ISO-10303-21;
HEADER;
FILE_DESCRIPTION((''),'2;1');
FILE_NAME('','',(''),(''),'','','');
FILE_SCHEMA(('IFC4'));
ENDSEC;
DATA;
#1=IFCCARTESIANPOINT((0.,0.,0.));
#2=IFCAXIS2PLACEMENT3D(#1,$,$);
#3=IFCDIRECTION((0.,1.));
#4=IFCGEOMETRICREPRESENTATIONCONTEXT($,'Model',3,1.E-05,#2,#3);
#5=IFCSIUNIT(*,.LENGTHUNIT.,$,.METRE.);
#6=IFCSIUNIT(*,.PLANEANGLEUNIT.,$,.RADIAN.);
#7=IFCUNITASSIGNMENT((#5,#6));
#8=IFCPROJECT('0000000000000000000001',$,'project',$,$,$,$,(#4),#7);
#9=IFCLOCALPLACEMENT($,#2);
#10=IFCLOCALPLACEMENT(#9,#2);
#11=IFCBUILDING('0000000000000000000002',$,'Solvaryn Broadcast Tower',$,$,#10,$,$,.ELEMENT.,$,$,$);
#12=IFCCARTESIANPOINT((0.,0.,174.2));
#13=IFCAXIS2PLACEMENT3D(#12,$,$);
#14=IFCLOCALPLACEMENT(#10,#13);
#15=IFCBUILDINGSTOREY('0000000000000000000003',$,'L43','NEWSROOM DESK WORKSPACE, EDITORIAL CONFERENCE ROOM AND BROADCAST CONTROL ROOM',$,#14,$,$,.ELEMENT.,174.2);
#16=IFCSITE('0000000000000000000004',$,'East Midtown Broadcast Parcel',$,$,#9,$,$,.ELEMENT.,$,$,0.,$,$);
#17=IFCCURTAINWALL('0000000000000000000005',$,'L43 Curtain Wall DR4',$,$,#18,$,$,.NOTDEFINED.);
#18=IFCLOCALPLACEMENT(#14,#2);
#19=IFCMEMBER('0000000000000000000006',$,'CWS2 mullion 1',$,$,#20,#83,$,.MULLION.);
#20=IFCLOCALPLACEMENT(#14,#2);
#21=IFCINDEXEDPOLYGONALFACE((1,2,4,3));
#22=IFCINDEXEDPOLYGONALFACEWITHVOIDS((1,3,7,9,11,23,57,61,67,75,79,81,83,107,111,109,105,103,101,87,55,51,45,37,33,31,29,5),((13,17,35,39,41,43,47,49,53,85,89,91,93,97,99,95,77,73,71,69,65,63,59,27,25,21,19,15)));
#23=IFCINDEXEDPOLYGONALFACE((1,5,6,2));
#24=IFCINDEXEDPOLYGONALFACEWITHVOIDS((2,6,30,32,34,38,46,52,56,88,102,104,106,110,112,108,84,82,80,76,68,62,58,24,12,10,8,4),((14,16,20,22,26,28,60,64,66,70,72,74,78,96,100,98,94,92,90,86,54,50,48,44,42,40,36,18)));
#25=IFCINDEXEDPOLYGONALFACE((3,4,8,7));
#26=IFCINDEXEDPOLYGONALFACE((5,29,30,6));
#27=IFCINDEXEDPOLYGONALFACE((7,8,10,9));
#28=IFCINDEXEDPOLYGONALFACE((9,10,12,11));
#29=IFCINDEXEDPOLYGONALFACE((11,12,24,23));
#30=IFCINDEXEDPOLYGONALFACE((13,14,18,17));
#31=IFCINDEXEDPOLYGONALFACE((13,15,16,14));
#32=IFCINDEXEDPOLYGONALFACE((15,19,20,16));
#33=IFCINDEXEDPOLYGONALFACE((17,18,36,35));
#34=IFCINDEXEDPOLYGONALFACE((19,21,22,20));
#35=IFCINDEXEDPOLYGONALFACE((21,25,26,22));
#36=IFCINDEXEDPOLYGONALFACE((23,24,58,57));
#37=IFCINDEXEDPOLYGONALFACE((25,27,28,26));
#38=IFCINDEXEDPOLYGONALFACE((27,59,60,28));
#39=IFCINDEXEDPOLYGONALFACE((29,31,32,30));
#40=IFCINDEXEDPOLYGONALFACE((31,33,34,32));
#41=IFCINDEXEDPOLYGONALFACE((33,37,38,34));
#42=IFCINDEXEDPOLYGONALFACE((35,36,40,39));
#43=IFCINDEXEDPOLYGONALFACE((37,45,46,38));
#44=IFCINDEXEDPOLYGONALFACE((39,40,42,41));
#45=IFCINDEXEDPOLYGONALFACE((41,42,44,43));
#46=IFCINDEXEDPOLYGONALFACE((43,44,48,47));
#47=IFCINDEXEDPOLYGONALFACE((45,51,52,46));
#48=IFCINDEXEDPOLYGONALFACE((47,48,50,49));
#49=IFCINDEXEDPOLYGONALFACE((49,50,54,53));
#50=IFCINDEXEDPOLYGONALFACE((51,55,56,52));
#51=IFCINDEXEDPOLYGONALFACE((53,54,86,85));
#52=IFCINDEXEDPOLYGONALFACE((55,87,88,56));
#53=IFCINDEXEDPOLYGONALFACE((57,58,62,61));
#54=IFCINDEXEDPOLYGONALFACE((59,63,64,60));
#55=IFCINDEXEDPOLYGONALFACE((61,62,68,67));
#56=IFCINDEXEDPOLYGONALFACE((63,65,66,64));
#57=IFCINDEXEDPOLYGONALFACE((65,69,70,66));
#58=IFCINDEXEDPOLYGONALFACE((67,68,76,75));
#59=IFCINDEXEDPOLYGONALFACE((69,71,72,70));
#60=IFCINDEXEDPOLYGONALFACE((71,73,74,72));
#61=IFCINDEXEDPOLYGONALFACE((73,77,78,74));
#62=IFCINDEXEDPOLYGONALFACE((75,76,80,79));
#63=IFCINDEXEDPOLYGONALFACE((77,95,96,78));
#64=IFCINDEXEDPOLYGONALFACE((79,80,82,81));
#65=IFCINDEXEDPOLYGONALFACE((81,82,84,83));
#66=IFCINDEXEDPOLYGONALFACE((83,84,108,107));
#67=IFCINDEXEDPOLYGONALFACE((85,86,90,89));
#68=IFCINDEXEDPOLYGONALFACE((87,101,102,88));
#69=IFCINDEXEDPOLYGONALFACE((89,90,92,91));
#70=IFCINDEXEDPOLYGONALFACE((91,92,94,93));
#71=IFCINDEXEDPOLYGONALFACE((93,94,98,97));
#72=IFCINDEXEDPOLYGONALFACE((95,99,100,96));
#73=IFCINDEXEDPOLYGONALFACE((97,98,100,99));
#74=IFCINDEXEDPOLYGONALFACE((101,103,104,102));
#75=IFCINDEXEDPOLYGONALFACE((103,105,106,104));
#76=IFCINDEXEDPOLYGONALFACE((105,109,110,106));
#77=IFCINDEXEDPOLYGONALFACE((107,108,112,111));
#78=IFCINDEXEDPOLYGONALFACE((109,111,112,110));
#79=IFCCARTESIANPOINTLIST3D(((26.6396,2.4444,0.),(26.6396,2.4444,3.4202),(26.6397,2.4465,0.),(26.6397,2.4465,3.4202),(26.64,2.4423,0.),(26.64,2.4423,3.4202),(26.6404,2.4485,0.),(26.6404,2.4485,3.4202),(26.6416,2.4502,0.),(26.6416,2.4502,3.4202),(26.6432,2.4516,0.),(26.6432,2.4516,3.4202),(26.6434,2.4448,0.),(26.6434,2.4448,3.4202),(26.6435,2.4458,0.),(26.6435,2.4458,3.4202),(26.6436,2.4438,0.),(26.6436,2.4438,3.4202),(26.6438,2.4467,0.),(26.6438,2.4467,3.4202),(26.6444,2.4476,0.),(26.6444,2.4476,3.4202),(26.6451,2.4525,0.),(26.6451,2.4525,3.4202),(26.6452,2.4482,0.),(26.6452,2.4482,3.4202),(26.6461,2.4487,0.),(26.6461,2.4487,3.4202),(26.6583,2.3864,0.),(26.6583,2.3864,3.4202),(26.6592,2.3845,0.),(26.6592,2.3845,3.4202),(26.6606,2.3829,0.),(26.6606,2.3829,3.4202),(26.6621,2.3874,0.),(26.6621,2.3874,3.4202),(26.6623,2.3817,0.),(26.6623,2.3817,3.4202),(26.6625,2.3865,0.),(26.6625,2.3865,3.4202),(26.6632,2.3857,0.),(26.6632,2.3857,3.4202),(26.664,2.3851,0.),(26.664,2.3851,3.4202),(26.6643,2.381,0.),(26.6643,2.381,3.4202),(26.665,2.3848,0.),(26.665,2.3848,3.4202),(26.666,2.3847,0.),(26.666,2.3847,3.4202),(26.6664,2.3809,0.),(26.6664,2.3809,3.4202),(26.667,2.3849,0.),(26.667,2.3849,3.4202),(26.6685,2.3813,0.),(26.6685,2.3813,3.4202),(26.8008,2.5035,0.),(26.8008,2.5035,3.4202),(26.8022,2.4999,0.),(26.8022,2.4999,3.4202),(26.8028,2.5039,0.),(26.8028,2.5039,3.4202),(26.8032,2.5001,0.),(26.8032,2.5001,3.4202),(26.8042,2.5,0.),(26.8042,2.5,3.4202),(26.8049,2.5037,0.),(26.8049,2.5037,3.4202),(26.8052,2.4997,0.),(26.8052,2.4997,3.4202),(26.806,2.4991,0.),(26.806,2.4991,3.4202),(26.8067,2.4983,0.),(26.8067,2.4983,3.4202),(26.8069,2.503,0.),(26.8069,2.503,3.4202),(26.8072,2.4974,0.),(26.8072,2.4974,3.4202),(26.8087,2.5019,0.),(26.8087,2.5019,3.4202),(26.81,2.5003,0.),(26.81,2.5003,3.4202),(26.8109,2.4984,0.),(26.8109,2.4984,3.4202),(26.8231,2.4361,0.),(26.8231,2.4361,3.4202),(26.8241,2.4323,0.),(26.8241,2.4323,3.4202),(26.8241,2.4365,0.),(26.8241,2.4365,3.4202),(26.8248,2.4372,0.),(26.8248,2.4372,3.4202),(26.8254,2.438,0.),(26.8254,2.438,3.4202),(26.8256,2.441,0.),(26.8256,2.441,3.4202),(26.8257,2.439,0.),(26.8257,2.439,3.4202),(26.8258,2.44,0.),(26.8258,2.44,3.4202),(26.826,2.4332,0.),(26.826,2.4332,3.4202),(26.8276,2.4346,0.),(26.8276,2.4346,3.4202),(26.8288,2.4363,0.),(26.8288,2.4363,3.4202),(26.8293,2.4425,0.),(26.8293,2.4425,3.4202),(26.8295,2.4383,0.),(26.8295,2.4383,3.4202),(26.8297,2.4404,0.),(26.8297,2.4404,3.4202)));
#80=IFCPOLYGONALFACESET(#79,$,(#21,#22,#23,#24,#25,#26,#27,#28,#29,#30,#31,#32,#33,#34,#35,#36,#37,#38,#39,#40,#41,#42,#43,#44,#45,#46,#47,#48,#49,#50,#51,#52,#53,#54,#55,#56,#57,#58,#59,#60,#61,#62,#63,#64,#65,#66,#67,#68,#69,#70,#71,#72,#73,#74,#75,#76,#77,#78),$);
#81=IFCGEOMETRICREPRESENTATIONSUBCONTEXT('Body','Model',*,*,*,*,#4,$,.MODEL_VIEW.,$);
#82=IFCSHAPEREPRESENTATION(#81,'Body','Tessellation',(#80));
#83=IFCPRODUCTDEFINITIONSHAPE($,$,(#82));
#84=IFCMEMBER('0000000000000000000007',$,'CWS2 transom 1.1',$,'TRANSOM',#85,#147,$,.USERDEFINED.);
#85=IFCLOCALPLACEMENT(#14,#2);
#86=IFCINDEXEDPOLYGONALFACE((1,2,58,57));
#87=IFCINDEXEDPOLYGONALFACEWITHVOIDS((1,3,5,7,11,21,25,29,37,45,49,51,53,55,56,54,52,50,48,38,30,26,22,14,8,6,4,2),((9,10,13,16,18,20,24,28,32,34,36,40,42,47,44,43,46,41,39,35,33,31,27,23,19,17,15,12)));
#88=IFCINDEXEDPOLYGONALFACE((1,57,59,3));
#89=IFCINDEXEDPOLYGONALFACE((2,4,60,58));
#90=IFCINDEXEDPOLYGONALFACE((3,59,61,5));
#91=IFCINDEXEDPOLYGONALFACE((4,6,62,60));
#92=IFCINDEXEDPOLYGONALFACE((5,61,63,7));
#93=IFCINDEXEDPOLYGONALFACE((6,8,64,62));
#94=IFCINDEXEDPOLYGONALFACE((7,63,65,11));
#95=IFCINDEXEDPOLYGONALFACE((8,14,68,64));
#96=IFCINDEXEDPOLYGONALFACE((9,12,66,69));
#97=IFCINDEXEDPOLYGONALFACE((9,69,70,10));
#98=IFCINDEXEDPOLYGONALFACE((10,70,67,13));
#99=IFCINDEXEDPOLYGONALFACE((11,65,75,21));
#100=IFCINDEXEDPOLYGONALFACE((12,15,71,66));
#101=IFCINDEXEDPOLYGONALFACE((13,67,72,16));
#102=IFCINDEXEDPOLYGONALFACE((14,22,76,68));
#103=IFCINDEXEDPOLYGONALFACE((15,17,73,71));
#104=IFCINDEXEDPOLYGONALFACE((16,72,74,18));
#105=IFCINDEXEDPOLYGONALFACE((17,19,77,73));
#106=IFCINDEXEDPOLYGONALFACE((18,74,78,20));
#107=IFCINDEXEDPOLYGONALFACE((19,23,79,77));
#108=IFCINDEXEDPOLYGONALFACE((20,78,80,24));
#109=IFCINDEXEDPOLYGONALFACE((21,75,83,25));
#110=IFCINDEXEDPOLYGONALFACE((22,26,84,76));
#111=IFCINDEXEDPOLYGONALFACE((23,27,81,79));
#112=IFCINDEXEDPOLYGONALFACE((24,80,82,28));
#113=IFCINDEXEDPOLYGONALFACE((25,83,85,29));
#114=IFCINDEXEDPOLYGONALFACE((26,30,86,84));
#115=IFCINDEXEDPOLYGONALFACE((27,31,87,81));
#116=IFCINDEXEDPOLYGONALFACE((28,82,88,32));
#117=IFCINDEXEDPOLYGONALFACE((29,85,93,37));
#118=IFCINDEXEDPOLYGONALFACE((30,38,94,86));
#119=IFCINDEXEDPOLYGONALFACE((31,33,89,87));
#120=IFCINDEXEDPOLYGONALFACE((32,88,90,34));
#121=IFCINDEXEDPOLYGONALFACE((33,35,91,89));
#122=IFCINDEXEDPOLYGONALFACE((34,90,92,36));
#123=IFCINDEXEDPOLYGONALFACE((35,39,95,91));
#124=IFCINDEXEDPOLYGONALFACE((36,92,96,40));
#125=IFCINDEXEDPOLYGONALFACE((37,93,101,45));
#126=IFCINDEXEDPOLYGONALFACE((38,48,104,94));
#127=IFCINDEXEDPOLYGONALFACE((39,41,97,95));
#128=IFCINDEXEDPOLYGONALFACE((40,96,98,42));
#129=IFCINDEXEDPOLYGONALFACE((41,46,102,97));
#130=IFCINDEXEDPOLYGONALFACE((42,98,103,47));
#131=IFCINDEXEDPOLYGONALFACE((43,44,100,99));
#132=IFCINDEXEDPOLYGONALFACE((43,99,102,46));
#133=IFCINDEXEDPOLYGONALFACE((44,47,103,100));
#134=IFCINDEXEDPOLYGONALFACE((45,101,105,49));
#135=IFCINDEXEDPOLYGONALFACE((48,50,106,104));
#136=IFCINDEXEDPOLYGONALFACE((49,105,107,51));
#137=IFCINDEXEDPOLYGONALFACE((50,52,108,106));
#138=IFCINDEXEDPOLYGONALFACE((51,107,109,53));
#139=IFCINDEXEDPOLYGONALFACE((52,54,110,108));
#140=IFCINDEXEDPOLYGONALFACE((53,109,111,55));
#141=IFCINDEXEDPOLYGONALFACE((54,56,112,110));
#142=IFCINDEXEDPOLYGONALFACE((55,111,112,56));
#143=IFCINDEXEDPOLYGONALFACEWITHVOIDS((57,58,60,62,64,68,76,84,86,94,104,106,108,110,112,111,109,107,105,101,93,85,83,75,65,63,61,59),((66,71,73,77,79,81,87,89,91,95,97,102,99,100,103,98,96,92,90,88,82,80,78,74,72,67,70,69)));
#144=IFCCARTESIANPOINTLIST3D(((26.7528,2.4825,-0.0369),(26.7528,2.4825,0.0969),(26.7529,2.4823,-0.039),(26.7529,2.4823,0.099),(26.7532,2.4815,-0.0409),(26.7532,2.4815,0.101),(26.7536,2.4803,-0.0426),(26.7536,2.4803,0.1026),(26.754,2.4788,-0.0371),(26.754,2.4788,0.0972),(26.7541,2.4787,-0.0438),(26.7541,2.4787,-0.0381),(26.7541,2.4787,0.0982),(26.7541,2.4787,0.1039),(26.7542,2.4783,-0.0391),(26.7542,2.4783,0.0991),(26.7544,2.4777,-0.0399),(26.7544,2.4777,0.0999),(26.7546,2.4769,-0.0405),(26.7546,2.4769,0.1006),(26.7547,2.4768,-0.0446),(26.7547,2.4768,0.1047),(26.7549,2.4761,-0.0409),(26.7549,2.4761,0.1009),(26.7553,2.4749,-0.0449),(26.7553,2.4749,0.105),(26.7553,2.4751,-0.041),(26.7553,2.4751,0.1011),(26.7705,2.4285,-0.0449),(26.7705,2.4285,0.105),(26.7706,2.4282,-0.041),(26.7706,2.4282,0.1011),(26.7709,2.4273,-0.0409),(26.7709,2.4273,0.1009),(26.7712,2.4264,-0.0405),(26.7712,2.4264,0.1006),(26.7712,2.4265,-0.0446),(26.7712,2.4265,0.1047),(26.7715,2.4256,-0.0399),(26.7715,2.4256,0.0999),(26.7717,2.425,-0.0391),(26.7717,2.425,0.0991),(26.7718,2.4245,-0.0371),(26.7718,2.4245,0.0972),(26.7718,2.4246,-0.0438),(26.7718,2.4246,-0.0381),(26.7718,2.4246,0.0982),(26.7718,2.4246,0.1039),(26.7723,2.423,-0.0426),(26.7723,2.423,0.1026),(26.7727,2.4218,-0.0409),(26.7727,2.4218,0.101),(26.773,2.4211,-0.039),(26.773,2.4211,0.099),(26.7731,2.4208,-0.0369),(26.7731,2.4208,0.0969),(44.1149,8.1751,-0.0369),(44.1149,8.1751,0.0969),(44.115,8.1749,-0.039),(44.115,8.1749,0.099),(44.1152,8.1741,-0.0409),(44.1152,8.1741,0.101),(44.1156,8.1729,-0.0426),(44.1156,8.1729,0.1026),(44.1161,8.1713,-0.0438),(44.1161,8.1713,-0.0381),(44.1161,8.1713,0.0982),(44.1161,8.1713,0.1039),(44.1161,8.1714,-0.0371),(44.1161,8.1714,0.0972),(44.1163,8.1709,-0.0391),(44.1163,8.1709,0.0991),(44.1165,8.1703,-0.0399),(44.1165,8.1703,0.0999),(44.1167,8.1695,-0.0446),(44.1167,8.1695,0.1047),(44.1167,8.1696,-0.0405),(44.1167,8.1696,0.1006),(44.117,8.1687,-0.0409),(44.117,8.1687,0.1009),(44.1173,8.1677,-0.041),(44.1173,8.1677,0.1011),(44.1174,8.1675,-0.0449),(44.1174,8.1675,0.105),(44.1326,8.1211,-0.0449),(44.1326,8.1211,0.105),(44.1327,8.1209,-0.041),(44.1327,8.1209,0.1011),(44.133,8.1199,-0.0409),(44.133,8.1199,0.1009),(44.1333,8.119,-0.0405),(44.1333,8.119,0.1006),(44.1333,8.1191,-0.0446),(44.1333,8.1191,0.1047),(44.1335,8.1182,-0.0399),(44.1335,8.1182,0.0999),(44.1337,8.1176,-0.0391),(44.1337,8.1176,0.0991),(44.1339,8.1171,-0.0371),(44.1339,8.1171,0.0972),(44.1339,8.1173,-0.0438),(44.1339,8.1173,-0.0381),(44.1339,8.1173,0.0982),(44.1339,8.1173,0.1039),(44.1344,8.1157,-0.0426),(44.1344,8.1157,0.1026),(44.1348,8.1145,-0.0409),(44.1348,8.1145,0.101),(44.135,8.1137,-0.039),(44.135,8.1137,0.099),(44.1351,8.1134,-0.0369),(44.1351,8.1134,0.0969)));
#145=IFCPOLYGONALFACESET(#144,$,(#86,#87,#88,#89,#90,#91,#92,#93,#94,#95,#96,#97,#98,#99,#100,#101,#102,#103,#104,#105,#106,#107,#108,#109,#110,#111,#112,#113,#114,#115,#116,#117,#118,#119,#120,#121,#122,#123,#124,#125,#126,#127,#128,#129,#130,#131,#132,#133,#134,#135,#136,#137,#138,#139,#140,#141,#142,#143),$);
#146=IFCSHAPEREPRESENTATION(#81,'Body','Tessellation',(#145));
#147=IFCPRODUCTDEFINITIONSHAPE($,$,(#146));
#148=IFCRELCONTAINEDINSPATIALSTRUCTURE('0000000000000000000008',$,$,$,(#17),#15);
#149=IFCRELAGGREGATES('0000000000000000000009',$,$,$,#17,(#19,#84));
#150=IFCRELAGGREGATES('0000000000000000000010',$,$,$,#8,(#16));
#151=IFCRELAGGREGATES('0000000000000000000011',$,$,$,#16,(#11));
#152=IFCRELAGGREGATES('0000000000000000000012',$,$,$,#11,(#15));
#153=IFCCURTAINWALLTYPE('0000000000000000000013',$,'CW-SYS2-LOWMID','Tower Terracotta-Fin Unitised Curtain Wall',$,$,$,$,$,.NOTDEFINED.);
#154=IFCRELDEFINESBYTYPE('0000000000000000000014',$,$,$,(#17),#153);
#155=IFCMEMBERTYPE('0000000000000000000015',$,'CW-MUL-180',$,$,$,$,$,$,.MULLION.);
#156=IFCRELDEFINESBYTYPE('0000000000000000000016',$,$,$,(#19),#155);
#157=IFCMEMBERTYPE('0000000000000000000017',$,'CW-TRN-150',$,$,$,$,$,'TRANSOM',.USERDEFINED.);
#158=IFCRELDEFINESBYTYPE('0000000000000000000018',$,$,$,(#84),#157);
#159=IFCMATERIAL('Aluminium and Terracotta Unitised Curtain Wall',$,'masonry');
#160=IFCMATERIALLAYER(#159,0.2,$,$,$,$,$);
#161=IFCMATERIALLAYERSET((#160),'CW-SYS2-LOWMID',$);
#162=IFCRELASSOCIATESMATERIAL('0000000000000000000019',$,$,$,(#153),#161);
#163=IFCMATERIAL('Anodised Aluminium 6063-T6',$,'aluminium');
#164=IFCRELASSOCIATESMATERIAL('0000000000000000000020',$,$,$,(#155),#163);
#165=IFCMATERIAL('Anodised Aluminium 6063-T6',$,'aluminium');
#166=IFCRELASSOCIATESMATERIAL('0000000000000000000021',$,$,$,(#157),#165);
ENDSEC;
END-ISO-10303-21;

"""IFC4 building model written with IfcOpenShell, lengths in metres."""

from ifc_helpers import new_model, si_unit, direction, frame, origin, origin_2d, place, context, subcontext, project, spatial, hollow_rectangle, extrude, material, layer, layer_set, material_profile, profile_set, type_object, element, aggregate, save


model = new_model("IFC4")

# Units and contexts
model_context = context("Model", 3, precision=1e-05, world=origin(), true_north=direction((0.0, 1.0)))
body_context = subcontext(model_context, "Body", "Model", "MODEL_VIEW")
ifc_project = project(units=[si_unit("LENGTHUNIT", "METRE"), si_unit("PLANEANGLEUNIT", "RADIAN")], contexts=[model_context])

# Site, building, storey
site_placement = place(None, origin())
site = spatial("IfcSite", under=ifc_project, at=site_placement, Name="East Midtown Broadcast Parcel", CompositionType="ELEMENT", RefElevation=0.0)
building_placement = place(site_placement, origin())
building = spatial("IfcBuilding", under=site, at=building_placement, Name="Solvaryn Broadcast Tower", CompositionType="ELEMENT")
storey_placement = place(building_placement, frame((0.0, 0.0, 174.2)))
storey = spatial("IfcBuildingStorey", under=building, at=storey_placement, Name="L43", Description="NEWSROOM DESK WORKSPACE, EDITORIAL CONFERENCE ROOM AND BROADCAST CONTROL ROOM", CompositionType="ELEMENT", Elevation=174.2)

# Shared definitions
ifc_material_1 = material(Name="Aluminium and Terracotta Unitised Curtain Wall", Category="masonry")
ifc_layer_1 = layer(ifc_material_1, 0.2)
ifc_layer_set_1 = layer_set([ifc_layer_1], Name="CW-SYS2-LOWMID")
curtain_wall_type = type_object("IfcCurtainWallType", Name="CW-SYS2-LOWMID", Description="Tower Terracotta-Fin Unitised Curtain Wall", PredefinedType="NOTDEFINED", material=ifc_layer_set_1)
ifc_material_2 = material(Name="Anodised Aluminium 6063-T6", Category="aluminium")
ifc_material_profile_1 = material_profile(ifc_material_2, hollow_rectangle(XDim=0.075, YDim=0.1799, WallThickness=0.0039, InnerFilletRadius=0.0039, OuterFilletRadius=0.0081, at=origin_2d()))
ifc_profile_set_1 = profile_set([ifc_material_profile_1], Name="Anodised Aluminium 6063-T6")
member_type_1 = type_object("IfcMemberType", Name="CW-MUL-180", PredefinedType="MULLION", material=ifc_profile_set_1)

# Curtain wall, members
curtain_wall_1_placement = place(storey_placement, origin())
curtain_wall_1 = element("IfcCurtainWall", 1, at=curtain_wall_1_placement, inside=storey, type_object=curtain_wall_type, Name="L43 Curtain Wall DR4", PredefinedType="NOTDEFINED")
member_1_placement = place(storey_placement, frame((26.7346, 2.4424, 0.0), z_axis=(0.0, 0.0, 1.0), x_axis=(-0.311559, 0.950227, 0.0)))
member_1 = element("IfcMember", 2, at=member_1_placement, type_object=member_type_1, Name="CWS2 mullion 1", PredefinedType="MULLION", context=body_context, shape_type="SweptSolid", body=[
    extrude(hollow_rectangle(XDim=0.075, YDim=0.1799, WallThickness=0.0039, InnerFilletRadius=0.0039, OuterFilletRadius=0.0081, at=origin_2d()), origin(), (0.0, 0.0, 1.0), 3.4202),
])
ifc_material_3 = material(Name="Anodised Aluminium 6063-T6", Category="aluminium")
ifc_material_profile_2 = material_profile(ifc_material_3, hollow_rectangle(XDim=0.0649, YDim=0.1499, WallThickness=0.0039, InnerFilletRadius=0.0039, OuterFilletRadius=0.0081, at=origin_2d()))
ifc_profile_set_2 = profile_set([ifc_material_profile_2], Name="Anodised Aluminium 6063-T6")
member_type_2 = type_object("IfcMemberType", Name="CW-TRN-150", ElementType="TRANSOM", PredefinedType="USERDEFINED", material=ifc_profile_set_2)
member_2_placement = place(storey_placement, frame((26.7629, 2.4517, 0.03), z_axis=(0.950227, 0.311558, 0.0), x_axis=(-0.311558, 0.950227, 0.0)))
member_2 = element("IfcMember", 3, at=member_2_placement, type_object=member_type_2, Name="CWS2 transom 1.1", ObjectType="TRANSOM", PredefinedType="USERDEFINED", context=body_context, shape_type="SweptSolid", body=[
    extrude(hollow_rectangle(XDim=0.0649, YDim=0.1499, WallThickness=0.0039, InnerFilletRadius=0.0039, OuterFilletRadius=0.0081, at=origin_2d()), origin(), (0.0, 0.0, 1.0), 18.2715),
])
aggregate(curtain_wall_1, [member_1, member_2])

save(model, "model.ifc")
